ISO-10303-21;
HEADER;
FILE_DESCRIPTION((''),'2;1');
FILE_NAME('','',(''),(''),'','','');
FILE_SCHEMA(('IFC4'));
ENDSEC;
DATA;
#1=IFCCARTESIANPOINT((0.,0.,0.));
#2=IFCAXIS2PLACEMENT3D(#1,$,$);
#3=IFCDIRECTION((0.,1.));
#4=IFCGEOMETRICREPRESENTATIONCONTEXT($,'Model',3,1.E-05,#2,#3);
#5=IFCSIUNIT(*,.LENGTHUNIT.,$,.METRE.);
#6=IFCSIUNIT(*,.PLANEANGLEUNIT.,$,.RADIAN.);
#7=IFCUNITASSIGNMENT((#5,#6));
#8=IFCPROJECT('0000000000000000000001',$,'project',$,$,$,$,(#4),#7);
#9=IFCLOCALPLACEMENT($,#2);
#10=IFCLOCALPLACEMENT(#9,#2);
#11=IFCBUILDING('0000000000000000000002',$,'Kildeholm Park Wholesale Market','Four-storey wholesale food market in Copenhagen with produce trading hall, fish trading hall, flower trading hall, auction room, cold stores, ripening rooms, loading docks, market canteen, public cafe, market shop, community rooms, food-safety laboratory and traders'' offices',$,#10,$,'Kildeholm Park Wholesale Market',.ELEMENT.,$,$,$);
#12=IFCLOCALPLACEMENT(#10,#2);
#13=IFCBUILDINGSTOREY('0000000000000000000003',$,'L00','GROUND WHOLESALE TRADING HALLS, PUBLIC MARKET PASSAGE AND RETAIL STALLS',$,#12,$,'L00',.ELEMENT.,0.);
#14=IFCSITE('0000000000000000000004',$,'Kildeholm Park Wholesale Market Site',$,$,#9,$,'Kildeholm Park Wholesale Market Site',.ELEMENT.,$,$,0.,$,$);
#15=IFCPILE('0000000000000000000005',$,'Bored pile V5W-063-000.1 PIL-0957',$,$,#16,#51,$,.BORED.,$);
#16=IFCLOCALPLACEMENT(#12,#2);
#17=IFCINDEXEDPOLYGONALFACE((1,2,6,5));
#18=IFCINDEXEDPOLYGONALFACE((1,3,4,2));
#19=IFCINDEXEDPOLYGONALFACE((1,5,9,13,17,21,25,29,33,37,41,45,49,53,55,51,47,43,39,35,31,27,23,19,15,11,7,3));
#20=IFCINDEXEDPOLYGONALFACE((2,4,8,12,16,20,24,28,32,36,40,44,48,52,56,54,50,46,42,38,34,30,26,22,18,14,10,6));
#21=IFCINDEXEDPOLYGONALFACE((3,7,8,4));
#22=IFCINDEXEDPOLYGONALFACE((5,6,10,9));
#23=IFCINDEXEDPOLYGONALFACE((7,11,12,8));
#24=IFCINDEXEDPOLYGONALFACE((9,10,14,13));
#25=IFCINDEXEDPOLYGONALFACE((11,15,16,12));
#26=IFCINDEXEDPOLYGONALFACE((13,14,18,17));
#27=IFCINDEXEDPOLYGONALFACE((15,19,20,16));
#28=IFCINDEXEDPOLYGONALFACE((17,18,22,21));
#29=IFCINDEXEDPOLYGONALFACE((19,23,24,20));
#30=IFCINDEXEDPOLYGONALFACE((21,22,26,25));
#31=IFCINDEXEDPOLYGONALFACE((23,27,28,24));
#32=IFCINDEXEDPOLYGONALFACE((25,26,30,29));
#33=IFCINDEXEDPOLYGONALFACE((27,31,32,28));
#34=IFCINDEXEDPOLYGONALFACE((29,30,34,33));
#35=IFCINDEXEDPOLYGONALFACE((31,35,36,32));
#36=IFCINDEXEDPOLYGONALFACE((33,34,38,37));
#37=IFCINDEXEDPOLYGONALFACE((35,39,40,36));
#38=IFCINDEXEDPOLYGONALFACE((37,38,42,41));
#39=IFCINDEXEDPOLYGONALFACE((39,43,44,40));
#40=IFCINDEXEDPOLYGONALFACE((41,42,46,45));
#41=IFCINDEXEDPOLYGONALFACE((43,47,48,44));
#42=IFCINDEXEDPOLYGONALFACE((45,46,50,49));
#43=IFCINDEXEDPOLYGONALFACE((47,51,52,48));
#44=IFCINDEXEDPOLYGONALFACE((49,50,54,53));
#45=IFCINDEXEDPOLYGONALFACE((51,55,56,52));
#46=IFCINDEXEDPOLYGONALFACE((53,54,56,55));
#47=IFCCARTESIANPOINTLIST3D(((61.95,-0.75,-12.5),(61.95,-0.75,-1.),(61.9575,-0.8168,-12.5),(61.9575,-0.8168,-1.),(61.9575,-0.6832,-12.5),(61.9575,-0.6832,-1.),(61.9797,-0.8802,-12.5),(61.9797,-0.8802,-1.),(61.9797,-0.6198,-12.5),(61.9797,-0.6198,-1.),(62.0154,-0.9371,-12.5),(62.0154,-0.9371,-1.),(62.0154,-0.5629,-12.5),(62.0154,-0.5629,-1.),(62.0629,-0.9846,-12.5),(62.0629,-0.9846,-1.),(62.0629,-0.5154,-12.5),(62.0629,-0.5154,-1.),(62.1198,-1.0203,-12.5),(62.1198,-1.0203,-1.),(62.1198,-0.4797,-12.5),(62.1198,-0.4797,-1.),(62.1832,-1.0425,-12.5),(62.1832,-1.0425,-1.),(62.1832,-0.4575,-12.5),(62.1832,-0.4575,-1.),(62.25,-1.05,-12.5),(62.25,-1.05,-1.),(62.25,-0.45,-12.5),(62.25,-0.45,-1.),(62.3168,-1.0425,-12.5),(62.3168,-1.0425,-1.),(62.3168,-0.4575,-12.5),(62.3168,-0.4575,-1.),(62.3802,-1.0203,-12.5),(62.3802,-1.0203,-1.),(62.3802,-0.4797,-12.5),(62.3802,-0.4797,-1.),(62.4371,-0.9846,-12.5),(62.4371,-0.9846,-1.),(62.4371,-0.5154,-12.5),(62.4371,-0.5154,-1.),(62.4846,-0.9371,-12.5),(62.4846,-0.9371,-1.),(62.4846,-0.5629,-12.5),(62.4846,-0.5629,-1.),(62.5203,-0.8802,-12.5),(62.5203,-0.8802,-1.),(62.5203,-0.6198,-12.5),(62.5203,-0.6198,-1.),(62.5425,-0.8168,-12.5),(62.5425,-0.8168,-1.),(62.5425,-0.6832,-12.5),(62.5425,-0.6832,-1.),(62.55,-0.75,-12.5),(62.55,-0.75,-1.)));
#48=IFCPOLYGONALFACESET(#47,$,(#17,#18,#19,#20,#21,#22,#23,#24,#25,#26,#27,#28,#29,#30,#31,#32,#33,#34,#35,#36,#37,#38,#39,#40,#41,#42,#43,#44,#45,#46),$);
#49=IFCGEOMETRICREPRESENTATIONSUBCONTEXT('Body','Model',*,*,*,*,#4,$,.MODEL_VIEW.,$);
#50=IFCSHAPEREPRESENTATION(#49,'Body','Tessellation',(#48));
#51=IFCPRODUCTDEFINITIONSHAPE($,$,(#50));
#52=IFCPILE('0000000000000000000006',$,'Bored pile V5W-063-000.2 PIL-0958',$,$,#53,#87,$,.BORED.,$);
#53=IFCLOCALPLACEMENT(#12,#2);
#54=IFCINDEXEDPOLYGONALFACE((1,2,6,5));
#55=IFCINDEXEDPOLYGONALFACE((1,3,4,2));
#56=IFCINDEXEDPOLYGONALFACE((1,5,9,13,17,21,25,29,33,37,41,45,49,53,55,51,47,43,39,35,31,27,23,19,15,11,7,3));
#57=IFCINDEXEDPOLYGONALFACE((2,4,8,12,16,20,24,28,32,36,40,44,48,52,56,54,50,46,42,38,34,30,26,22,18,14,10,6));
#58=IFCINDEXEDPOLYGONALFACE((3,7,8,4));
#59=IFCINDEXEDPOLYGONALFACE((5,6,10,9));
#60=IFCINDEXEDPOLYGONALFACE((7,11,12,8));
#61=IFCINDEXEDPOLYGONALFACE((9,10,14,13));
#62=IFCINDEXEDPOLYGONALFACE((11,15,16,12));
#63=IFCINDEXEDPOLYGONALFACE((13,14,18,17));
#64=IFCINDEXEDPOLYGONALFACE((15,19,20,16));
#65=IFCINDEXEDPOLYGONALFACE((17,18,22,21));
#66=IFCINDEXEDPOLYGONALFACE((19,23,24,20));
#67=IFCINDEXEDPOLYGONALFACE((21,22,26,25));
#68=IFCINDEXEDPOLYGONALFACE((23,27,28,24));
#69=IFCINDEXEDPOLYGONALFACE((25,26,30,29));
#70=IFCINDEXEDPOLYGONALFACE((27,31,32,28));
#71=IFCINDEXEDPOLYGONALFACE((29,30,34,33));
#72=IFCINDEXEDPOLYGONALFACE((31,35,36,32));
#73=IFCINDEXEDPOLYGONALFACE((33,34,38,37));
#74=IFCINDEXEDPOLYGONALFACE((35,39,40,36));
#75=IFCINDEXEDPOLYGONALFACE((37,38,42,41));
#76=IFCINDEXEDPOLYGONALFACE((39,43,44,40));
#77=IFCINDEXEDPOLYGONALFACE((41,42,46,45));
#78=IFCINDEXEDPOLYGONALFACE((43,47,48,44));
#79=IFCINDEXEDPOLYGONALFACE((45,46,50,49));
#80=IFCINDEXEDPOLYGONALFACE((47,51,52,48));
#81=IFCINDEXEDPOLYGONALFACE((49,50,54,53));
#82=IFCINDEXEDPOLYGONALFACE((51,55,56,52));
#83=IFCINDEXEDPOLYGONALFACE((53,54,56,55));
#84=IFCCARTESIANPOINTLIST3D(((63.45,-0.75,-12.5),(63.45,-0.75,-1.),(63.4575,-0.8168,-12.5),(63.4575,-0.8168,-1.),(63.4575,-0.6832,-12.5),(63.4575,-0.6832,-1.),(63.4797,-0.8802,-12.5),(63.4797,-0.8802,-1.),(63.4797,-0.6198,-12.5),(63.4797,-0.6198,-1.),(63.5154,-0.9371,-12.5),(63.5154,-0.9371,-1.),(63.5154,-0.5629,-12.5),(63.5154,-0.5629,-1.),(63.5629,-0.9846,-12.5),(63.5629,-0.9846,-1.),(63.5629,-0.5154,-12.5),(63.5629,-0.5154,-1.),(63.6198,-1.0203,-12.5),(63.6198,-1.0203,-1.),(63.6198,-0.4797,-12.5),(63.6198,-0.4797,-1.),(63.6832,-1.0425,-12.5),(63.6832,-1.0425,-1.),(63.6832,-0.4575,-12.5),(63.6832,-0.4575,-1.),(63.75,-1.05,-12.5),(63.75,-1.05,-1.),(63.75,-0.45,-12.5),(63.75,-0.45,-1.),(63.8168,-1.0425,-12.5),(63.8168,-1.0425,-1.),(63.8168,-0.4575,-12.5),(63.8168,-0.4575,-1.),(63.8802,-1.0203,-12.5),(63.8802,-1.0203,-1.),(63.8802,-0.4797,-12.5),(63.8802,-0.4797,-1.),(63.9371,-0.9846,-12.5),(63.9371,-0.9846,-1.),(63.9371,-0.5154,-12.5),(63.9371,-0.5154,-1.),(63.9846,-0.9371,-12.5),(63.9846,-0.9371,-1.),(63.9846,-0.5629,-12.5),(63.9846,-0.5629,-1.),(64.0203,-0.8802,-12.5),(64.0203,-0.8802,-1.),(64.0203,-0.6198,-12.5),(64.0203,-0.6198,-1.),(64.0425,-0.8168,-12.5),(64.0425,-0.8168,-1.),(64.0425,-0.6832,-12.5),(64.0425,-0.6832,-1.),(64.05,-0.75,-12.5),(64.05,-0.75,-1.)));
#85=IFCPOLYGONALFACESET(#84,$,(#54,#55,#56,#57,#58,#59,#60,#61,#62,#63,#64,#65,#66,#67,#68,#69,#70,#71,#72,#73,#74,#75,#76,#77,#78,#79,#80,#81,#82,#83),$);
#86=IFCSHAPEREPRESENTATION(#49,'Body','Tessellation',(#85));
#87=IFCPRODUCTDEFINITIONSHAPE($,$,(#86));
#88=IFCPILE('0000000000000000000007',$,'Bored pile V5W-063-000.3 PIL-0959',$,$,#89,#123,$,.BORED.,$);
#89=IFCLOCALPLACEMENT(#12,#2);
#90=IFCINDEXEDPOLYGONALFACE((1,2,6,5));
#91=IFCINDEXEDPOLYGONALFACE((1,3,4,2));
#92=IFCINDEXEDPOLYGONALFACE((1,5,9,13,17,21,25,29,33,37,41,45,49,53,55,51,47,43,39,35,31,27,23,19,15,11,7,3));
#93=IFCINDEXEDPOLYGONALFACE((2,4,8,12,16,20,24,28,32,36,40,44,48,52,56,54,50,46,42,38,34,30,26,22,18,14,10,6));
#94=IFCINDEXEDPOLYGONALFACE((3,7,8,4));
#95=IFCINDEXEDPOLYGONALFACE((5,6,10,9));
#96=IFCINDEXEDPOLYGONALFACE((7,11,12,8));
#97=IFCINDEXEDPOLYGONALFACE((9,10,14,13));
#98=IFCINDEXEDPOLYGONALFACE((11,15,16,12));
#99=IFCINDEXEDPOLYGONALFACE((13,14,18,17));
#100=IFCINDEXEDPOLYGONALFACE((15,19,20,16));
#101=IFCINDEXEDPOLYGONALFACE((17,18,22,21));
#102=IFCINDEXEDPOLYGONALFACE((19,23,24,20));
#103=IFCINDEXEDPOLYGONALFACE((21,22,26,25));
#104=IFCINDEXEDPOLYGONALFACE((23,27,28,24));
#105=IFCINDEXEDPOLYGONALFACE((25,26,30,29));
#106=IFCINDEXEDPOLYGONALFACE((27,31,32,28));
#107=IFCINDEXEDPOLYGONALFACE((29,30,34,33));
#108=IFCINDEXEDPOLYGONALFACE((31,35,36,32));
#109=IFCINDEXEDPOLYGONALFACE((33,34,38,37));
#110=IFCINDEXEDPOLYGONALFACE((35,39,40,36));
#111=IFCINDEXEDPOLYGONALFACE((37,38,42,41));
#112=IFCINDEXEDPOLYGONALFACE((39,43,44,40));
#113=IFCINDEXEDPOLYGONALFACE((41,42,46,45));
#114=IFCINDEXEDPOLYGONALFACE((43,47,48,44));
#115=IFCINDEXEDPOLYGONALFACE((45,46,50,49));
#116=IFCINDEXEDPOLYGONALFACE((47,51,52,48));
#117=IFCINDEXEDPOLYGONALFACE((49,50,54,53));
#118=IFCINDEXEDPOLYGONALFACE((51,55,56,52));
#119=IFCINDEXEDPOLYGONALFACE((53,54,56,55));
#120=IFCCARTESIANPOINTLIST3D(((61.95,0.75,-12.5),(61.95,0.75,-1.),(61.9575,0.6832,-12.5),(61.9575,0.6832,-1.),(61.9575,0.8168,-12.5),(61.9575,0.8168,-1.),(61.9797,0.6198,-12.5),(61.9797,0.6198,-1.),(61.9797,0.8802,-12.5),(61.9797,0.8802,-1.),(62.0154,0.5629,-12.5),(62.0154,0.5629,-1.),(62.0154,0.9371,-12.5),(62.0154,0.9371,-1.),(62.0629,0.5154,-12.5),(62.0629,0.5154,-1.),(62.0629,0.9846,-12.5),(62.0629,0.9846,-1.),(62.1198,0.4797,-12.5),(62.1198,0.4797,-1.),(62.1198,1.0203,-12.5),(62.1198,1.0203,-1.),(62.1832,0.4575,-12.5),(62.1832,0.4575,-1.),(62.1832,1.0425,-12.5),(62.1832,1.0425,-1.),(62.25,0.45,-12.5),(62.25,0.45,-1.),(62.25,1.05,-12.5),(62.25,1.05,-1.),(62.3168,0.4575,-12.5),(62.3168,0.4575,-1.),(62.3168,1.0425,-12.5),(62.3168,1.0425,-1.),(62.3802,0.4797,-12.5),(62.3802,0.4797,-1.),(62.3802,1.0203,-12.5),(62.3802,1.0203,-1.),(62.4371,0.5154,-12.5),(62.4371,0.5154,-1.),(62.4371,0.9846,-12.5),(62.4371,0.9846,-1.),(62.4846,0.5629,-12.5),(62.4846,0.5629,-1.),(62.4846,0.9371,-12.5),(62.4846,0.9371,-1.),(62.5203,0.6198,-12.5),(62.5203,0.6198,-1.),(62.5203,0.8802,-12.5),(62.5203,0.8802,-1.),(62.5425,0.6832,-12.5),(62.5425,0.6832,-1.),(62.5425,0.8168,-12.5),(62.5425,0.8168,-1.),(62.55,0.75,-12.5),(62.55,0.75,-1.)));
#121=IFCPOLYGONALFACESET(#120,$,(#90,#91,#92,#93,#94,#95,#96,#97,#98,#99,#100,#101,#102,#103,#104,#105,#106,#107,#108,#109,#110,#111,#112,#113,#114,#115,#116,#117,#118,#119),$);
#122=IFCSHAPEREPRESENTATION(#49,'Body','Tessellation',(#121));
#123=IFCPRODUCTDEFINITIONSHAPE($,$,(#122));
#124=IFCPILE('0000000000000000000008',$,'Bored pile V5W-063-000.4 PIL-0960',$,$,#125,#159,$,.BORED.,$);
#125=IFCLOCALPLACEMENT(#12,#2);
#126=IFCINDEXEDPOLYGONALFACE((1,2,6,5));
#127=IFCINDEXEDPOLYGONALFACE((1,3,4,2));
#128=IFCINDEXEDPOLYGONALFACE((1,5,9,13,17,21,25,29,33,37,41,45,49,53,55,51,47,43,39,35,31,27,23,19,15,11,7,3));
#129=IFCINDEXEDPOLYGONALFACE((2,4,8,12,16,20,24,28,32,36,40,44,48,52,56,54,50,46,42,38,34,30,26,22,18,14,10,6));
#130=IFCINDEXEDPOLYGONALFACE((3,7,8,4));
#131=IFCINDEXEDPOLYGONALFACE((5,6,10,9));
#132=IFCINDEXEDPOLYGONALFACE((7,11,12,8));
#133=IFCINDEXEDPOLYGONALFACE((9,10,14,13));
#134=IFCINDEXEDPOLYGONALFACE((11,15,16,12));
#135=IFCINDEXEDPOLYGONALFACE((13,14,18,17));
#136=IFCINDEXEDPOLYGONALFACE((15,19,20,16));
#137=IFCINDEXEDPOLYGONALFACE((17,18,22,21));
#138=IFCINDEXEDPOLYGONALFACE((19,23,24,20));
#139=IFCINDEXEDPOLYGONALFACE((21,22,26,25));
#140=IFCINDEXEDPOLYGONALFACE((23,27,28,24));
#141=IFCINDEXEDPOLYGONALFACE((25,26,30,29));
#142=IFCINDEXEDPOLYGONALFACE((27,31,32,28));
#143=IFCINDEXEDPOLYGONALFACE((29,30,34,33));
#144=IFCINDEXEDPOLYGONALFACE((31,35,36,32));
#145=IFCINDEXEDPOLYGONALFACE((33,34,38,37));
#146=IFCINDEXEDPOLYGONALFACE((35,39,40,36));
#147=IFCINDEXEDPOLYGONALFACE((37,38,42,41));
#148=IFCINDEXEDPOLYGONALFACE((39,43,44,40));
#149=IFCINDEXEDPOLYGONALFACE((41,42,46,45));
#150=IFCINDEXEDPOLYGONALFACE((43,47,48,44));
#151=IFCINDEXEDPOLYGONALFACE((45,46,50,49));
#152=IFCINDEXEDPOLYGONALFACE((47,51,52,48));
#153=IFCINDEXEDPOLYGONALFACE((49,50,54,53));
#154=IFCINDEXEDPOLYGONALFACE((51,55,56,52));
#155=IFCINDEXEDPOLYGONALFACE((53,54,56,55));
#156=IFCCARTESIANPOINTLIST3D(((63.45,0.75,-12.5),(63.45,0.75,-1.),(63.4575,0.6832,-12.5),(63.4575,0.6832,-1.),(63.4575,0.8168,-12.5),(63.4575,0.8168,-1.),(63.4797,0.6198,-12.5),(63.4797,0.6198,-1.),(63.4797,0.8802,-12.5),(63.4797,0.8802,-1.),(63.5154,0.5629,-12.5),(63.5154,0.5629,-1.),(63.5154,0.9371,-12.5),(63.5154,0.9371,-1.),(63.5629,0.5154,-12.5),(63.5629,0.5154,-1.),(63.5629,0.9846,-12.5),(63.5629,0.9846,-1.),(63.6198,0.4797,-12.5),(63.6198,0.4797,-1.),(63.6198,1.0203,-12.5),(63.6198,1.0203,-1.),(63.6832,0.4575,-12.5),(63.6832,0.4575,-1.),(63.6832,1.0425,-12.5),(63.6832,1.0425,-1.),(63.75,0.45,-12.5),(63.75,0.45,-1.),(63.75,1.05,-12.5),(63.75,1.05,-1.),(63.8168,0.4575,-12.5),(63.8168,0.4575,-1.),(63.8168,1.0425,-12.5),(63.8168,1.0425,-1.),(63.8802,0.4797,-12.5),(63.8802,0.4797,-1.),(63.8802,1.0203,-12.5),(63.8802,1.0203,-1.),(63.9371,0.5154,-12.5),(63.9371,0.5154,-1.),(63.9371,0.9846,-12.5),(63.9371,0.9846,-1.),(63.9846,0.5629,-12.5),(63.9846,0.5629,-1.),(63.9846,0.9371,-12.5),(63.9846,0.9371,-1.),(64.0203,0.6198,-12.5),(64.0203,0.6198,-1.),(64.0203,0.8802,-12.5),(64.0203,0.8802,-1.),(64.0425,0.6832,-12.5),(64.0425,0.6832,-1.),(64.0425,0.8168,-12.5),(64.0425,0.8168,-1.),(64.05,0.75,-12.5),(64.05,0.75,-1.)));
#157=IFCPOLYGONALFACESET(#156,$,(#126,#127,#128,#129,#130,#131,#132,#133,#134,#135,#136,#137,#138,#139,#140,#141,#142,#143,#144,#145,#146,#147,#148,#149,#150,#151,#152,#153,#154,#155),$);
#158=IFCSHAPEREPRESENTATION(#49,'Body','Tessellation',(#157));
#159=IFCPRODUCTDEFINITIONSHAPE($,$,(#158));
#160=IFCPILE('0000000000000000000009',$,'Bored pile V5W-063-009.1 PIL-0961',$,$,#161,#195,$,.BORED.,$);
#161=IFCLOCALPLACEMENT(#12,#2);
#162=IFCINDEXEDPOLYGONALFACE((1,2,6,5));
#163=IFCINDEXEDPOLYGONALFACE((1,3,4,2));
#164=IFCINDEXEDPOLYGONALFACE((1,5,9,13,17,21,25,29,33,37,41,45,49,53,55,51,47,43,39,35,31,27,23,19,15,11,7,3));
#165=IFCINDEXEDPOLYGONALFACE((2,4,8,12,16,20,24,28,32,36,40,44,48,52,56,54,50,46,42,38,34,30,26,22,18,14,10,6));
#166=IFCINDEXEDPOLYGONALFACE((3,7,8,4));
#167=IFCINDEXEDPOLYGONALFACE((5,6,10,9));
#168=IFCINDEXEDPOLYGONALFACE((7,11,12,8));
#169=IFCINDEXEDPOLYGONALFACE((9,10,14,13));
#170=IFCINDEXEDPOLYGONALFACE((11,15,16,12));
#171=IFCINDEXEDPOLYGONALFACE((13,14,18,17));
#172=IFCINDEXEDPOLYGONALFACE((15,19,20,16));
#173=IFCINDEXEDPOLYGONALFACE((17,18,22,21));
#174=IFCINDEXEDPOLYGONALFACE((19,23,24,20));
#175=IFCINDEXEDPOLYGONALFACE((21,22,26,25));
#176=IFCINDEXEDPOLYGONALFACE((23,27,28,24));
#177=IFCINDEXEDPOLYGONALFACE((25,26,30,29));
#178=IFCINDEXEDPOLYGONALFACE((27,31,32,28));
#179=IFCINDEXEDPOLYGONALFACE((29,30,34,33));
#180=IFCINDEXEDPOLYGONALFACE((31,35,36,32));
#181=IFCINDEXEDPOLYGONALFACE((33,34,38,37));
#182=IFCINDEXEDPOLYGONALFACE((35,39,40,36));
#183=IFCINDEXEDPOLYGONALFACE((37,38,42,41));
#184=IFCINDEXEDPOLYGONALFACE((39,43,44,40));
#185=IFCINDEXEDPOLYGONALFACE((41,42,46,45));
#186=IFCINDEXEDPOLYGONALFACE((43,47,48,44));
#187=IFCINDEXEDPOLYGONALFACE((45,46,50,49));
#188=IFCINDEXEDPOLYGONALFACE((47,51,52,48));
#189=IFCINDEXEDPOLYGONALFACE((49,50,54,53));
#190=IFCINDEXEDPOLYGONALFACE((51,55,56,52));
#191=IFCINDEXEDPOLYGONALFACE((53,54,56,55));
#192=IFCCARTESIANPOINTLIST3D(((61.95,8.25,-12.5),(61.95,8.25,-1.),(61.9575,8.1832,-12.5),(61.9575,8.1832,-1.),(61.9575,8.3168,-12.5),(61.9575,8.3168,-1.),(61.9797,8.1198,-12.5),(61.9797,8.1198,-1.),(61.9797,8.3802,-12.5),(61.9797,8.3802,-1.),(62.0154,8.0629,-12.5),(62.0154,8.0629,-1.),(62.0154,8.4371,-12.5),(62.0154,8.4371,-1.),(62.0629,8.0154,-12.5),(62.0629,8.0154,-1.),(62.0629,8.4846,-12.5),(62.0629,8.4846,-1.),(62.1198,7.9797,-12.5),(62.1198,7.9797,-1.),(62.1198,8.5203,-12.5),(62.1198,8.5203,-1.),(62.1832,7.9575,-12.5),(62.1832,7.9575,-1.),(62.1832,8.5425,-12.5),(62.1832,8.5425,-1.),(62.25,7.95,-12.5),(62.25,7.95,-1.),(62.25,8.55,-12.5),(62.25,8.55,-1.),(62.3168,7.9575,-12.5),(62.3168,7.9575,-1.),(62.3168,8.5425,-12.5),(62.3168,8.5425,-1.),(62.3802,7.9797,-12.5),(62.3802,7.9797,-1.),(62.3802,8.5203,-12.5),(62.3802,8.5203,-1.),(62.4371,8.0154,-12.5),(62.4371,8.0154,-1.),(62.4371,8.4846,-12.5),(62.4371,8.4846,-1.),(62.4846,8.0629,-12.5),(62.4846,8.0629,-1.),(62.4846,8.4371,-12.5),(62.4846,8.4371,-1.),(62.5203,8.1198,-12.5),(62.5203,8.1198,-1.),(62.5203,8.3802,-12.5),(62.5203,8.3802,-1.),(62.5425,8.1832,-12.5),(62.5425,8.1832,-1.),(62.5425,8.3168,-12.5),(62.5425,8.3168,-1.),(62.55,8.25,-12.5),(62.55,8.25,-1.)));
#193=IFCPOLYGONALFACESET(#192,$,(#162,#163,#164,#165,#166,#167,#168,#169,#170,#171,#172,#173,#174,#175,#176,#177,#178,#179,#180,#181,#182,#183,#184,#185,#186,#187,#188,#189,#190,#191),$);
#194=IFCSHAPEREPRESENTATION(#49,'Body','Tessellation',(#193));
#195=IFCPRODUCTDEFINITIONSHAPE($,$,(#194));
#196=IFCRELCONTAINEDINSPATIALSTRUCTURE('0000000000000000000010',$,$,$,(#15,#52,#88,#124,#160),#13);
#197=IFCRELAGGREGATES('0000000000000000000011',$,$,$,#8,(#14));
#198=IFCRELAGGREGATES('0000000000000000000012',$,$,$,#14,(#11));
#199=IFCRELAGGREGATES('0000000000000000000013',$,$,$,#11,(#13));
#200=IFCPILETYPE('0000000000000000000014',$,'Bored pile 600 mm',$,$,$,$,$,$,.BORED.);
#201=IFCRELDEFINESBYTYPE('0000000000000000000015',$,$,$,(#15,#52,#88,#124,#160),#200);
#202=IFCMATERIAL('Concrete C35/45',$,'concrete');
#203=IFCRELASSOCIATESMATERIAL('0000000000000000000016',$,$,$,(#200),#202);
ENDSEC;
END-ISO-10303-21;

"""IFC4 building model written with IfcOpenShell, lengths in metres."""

from ifc_helpers import new_model, si_unit, direction, frame, origin, origin_2d, place, context, subcontext, project, spatial, circle, extrude, material, material_profile, profile_set, type_object, element, save


model = new_model("IFC4")

# Units and contexts
model_context = context("Model", 3, precision=1e-05, world=origin(), true_north=direction((0.0, 1.0)))
body_context = subcontext(model_context, "Body", "Model", "MODEL_VIEW")
ifc_project = project(units=[si_unit("LENGTHUNIT", "METRE"), si_unit("PLANEANGLEUNIT", "RADIAN")], contexts=[model_context])

# Site, building, storey
site_placement = place(None, origin())
site = spatial("IfcSite", under=ifc_project, at=site_placement, Name="Kildeholm Park Wholesale Market Site", LongName="Kildeholm Park Wholesale Market Site", CompositionType="ELEMENT", RefElevation=0.0)
building_placement = place(site_placement, origin())
building = spatial("IfcBuilding", under=site, at=building_placement, Name="Kildeholm Park Wholesale Market", Description="Four-storey wholesale food market in Copenhagen with produce trading hall, fish trading hall, flower trading hall, auction room, cold stores, ripening rooms, loading docks, market canteen, public cafe, market shop, community rooms, food-safety laboratory and traders' offices", LongName="Kildeholm Park Wholesale Market", CompositionType="ELEMENT")
storey_placement = place(building_placement, origin())
storey = spatial("IfcBuildingStorey", under=building, at=storey_placement, Name="L00", Description="GROUND WHOLESALE TRADING HALLS, PUBLIC MARKET PASSAGE AND RETAIL STALLS", LongName="L00", CompositionType="ELEMENT", Elevation=0.0)

# Piles
ifc_material_1 = material(Name="Concrete C35/45", Category="concrete")
ifc_material_profile_1 = material_profile(ifc_material_1, circle(Radius=0.3, at=origin_2d()), Name="PILE D600")
ifc_profile_set_1 = profile_set([ifc_material_profile_1], Name="Concrete C35/45")
pile_type = type_object("IfcPileType", Name="Bored pile 600 mm", PredefinedType="BORED", material=ifc_profile_set_1)
for number, where, z_axis, x_axis, name in (
    (1, (62.25, -0.75, -1.0), (0.0, 0.0, -1.0), (1.0, 0.0, 0.0), "Bored pile V5W-063-000.1 PIL-0957"),
    (2, (63.75, -0.75, -1.0), (0.0, 0.0, -1.0), (1.0, 0.0, 0.0), "Bored pile V5W-063-000.2 PIL-0958"),
    (3, (62.25, 0.75, -1.0), (0.0, 0.0, -1.0), (1.0, 0.0, 0.0), "Bored pile V5W-063-000.3 PIL-0959"),
    (4, (63.75, 0.75, -1.0), (0.0, 0.0, -1.0), (1.0, 0.0, 0.0), "Bored pile V5W-063-000.4 PIL-0960"),
    (5, (62.25, 8.25, -1.0), (0.0, 0.0, -1.0), (1.0, 0.0, 0.0), "Bored pile V5W-063-009.1 PIL-0961"),
):
    element("IfcPile", number, at=place(storey_placement, frame(where, z_axis=z_axis, x_axis=x_axis)), inside=storey, type_object=pile_type, Name=name, PredefinedType="BORED", context=body_context, shape_type="SweptSolid", body=[
        extrude(circle(Radius=0.3, at=origin_2d()), origin(), (0.0, 0.0, 1.0), 11.5),
    ])

save(model, "model.ifc")
